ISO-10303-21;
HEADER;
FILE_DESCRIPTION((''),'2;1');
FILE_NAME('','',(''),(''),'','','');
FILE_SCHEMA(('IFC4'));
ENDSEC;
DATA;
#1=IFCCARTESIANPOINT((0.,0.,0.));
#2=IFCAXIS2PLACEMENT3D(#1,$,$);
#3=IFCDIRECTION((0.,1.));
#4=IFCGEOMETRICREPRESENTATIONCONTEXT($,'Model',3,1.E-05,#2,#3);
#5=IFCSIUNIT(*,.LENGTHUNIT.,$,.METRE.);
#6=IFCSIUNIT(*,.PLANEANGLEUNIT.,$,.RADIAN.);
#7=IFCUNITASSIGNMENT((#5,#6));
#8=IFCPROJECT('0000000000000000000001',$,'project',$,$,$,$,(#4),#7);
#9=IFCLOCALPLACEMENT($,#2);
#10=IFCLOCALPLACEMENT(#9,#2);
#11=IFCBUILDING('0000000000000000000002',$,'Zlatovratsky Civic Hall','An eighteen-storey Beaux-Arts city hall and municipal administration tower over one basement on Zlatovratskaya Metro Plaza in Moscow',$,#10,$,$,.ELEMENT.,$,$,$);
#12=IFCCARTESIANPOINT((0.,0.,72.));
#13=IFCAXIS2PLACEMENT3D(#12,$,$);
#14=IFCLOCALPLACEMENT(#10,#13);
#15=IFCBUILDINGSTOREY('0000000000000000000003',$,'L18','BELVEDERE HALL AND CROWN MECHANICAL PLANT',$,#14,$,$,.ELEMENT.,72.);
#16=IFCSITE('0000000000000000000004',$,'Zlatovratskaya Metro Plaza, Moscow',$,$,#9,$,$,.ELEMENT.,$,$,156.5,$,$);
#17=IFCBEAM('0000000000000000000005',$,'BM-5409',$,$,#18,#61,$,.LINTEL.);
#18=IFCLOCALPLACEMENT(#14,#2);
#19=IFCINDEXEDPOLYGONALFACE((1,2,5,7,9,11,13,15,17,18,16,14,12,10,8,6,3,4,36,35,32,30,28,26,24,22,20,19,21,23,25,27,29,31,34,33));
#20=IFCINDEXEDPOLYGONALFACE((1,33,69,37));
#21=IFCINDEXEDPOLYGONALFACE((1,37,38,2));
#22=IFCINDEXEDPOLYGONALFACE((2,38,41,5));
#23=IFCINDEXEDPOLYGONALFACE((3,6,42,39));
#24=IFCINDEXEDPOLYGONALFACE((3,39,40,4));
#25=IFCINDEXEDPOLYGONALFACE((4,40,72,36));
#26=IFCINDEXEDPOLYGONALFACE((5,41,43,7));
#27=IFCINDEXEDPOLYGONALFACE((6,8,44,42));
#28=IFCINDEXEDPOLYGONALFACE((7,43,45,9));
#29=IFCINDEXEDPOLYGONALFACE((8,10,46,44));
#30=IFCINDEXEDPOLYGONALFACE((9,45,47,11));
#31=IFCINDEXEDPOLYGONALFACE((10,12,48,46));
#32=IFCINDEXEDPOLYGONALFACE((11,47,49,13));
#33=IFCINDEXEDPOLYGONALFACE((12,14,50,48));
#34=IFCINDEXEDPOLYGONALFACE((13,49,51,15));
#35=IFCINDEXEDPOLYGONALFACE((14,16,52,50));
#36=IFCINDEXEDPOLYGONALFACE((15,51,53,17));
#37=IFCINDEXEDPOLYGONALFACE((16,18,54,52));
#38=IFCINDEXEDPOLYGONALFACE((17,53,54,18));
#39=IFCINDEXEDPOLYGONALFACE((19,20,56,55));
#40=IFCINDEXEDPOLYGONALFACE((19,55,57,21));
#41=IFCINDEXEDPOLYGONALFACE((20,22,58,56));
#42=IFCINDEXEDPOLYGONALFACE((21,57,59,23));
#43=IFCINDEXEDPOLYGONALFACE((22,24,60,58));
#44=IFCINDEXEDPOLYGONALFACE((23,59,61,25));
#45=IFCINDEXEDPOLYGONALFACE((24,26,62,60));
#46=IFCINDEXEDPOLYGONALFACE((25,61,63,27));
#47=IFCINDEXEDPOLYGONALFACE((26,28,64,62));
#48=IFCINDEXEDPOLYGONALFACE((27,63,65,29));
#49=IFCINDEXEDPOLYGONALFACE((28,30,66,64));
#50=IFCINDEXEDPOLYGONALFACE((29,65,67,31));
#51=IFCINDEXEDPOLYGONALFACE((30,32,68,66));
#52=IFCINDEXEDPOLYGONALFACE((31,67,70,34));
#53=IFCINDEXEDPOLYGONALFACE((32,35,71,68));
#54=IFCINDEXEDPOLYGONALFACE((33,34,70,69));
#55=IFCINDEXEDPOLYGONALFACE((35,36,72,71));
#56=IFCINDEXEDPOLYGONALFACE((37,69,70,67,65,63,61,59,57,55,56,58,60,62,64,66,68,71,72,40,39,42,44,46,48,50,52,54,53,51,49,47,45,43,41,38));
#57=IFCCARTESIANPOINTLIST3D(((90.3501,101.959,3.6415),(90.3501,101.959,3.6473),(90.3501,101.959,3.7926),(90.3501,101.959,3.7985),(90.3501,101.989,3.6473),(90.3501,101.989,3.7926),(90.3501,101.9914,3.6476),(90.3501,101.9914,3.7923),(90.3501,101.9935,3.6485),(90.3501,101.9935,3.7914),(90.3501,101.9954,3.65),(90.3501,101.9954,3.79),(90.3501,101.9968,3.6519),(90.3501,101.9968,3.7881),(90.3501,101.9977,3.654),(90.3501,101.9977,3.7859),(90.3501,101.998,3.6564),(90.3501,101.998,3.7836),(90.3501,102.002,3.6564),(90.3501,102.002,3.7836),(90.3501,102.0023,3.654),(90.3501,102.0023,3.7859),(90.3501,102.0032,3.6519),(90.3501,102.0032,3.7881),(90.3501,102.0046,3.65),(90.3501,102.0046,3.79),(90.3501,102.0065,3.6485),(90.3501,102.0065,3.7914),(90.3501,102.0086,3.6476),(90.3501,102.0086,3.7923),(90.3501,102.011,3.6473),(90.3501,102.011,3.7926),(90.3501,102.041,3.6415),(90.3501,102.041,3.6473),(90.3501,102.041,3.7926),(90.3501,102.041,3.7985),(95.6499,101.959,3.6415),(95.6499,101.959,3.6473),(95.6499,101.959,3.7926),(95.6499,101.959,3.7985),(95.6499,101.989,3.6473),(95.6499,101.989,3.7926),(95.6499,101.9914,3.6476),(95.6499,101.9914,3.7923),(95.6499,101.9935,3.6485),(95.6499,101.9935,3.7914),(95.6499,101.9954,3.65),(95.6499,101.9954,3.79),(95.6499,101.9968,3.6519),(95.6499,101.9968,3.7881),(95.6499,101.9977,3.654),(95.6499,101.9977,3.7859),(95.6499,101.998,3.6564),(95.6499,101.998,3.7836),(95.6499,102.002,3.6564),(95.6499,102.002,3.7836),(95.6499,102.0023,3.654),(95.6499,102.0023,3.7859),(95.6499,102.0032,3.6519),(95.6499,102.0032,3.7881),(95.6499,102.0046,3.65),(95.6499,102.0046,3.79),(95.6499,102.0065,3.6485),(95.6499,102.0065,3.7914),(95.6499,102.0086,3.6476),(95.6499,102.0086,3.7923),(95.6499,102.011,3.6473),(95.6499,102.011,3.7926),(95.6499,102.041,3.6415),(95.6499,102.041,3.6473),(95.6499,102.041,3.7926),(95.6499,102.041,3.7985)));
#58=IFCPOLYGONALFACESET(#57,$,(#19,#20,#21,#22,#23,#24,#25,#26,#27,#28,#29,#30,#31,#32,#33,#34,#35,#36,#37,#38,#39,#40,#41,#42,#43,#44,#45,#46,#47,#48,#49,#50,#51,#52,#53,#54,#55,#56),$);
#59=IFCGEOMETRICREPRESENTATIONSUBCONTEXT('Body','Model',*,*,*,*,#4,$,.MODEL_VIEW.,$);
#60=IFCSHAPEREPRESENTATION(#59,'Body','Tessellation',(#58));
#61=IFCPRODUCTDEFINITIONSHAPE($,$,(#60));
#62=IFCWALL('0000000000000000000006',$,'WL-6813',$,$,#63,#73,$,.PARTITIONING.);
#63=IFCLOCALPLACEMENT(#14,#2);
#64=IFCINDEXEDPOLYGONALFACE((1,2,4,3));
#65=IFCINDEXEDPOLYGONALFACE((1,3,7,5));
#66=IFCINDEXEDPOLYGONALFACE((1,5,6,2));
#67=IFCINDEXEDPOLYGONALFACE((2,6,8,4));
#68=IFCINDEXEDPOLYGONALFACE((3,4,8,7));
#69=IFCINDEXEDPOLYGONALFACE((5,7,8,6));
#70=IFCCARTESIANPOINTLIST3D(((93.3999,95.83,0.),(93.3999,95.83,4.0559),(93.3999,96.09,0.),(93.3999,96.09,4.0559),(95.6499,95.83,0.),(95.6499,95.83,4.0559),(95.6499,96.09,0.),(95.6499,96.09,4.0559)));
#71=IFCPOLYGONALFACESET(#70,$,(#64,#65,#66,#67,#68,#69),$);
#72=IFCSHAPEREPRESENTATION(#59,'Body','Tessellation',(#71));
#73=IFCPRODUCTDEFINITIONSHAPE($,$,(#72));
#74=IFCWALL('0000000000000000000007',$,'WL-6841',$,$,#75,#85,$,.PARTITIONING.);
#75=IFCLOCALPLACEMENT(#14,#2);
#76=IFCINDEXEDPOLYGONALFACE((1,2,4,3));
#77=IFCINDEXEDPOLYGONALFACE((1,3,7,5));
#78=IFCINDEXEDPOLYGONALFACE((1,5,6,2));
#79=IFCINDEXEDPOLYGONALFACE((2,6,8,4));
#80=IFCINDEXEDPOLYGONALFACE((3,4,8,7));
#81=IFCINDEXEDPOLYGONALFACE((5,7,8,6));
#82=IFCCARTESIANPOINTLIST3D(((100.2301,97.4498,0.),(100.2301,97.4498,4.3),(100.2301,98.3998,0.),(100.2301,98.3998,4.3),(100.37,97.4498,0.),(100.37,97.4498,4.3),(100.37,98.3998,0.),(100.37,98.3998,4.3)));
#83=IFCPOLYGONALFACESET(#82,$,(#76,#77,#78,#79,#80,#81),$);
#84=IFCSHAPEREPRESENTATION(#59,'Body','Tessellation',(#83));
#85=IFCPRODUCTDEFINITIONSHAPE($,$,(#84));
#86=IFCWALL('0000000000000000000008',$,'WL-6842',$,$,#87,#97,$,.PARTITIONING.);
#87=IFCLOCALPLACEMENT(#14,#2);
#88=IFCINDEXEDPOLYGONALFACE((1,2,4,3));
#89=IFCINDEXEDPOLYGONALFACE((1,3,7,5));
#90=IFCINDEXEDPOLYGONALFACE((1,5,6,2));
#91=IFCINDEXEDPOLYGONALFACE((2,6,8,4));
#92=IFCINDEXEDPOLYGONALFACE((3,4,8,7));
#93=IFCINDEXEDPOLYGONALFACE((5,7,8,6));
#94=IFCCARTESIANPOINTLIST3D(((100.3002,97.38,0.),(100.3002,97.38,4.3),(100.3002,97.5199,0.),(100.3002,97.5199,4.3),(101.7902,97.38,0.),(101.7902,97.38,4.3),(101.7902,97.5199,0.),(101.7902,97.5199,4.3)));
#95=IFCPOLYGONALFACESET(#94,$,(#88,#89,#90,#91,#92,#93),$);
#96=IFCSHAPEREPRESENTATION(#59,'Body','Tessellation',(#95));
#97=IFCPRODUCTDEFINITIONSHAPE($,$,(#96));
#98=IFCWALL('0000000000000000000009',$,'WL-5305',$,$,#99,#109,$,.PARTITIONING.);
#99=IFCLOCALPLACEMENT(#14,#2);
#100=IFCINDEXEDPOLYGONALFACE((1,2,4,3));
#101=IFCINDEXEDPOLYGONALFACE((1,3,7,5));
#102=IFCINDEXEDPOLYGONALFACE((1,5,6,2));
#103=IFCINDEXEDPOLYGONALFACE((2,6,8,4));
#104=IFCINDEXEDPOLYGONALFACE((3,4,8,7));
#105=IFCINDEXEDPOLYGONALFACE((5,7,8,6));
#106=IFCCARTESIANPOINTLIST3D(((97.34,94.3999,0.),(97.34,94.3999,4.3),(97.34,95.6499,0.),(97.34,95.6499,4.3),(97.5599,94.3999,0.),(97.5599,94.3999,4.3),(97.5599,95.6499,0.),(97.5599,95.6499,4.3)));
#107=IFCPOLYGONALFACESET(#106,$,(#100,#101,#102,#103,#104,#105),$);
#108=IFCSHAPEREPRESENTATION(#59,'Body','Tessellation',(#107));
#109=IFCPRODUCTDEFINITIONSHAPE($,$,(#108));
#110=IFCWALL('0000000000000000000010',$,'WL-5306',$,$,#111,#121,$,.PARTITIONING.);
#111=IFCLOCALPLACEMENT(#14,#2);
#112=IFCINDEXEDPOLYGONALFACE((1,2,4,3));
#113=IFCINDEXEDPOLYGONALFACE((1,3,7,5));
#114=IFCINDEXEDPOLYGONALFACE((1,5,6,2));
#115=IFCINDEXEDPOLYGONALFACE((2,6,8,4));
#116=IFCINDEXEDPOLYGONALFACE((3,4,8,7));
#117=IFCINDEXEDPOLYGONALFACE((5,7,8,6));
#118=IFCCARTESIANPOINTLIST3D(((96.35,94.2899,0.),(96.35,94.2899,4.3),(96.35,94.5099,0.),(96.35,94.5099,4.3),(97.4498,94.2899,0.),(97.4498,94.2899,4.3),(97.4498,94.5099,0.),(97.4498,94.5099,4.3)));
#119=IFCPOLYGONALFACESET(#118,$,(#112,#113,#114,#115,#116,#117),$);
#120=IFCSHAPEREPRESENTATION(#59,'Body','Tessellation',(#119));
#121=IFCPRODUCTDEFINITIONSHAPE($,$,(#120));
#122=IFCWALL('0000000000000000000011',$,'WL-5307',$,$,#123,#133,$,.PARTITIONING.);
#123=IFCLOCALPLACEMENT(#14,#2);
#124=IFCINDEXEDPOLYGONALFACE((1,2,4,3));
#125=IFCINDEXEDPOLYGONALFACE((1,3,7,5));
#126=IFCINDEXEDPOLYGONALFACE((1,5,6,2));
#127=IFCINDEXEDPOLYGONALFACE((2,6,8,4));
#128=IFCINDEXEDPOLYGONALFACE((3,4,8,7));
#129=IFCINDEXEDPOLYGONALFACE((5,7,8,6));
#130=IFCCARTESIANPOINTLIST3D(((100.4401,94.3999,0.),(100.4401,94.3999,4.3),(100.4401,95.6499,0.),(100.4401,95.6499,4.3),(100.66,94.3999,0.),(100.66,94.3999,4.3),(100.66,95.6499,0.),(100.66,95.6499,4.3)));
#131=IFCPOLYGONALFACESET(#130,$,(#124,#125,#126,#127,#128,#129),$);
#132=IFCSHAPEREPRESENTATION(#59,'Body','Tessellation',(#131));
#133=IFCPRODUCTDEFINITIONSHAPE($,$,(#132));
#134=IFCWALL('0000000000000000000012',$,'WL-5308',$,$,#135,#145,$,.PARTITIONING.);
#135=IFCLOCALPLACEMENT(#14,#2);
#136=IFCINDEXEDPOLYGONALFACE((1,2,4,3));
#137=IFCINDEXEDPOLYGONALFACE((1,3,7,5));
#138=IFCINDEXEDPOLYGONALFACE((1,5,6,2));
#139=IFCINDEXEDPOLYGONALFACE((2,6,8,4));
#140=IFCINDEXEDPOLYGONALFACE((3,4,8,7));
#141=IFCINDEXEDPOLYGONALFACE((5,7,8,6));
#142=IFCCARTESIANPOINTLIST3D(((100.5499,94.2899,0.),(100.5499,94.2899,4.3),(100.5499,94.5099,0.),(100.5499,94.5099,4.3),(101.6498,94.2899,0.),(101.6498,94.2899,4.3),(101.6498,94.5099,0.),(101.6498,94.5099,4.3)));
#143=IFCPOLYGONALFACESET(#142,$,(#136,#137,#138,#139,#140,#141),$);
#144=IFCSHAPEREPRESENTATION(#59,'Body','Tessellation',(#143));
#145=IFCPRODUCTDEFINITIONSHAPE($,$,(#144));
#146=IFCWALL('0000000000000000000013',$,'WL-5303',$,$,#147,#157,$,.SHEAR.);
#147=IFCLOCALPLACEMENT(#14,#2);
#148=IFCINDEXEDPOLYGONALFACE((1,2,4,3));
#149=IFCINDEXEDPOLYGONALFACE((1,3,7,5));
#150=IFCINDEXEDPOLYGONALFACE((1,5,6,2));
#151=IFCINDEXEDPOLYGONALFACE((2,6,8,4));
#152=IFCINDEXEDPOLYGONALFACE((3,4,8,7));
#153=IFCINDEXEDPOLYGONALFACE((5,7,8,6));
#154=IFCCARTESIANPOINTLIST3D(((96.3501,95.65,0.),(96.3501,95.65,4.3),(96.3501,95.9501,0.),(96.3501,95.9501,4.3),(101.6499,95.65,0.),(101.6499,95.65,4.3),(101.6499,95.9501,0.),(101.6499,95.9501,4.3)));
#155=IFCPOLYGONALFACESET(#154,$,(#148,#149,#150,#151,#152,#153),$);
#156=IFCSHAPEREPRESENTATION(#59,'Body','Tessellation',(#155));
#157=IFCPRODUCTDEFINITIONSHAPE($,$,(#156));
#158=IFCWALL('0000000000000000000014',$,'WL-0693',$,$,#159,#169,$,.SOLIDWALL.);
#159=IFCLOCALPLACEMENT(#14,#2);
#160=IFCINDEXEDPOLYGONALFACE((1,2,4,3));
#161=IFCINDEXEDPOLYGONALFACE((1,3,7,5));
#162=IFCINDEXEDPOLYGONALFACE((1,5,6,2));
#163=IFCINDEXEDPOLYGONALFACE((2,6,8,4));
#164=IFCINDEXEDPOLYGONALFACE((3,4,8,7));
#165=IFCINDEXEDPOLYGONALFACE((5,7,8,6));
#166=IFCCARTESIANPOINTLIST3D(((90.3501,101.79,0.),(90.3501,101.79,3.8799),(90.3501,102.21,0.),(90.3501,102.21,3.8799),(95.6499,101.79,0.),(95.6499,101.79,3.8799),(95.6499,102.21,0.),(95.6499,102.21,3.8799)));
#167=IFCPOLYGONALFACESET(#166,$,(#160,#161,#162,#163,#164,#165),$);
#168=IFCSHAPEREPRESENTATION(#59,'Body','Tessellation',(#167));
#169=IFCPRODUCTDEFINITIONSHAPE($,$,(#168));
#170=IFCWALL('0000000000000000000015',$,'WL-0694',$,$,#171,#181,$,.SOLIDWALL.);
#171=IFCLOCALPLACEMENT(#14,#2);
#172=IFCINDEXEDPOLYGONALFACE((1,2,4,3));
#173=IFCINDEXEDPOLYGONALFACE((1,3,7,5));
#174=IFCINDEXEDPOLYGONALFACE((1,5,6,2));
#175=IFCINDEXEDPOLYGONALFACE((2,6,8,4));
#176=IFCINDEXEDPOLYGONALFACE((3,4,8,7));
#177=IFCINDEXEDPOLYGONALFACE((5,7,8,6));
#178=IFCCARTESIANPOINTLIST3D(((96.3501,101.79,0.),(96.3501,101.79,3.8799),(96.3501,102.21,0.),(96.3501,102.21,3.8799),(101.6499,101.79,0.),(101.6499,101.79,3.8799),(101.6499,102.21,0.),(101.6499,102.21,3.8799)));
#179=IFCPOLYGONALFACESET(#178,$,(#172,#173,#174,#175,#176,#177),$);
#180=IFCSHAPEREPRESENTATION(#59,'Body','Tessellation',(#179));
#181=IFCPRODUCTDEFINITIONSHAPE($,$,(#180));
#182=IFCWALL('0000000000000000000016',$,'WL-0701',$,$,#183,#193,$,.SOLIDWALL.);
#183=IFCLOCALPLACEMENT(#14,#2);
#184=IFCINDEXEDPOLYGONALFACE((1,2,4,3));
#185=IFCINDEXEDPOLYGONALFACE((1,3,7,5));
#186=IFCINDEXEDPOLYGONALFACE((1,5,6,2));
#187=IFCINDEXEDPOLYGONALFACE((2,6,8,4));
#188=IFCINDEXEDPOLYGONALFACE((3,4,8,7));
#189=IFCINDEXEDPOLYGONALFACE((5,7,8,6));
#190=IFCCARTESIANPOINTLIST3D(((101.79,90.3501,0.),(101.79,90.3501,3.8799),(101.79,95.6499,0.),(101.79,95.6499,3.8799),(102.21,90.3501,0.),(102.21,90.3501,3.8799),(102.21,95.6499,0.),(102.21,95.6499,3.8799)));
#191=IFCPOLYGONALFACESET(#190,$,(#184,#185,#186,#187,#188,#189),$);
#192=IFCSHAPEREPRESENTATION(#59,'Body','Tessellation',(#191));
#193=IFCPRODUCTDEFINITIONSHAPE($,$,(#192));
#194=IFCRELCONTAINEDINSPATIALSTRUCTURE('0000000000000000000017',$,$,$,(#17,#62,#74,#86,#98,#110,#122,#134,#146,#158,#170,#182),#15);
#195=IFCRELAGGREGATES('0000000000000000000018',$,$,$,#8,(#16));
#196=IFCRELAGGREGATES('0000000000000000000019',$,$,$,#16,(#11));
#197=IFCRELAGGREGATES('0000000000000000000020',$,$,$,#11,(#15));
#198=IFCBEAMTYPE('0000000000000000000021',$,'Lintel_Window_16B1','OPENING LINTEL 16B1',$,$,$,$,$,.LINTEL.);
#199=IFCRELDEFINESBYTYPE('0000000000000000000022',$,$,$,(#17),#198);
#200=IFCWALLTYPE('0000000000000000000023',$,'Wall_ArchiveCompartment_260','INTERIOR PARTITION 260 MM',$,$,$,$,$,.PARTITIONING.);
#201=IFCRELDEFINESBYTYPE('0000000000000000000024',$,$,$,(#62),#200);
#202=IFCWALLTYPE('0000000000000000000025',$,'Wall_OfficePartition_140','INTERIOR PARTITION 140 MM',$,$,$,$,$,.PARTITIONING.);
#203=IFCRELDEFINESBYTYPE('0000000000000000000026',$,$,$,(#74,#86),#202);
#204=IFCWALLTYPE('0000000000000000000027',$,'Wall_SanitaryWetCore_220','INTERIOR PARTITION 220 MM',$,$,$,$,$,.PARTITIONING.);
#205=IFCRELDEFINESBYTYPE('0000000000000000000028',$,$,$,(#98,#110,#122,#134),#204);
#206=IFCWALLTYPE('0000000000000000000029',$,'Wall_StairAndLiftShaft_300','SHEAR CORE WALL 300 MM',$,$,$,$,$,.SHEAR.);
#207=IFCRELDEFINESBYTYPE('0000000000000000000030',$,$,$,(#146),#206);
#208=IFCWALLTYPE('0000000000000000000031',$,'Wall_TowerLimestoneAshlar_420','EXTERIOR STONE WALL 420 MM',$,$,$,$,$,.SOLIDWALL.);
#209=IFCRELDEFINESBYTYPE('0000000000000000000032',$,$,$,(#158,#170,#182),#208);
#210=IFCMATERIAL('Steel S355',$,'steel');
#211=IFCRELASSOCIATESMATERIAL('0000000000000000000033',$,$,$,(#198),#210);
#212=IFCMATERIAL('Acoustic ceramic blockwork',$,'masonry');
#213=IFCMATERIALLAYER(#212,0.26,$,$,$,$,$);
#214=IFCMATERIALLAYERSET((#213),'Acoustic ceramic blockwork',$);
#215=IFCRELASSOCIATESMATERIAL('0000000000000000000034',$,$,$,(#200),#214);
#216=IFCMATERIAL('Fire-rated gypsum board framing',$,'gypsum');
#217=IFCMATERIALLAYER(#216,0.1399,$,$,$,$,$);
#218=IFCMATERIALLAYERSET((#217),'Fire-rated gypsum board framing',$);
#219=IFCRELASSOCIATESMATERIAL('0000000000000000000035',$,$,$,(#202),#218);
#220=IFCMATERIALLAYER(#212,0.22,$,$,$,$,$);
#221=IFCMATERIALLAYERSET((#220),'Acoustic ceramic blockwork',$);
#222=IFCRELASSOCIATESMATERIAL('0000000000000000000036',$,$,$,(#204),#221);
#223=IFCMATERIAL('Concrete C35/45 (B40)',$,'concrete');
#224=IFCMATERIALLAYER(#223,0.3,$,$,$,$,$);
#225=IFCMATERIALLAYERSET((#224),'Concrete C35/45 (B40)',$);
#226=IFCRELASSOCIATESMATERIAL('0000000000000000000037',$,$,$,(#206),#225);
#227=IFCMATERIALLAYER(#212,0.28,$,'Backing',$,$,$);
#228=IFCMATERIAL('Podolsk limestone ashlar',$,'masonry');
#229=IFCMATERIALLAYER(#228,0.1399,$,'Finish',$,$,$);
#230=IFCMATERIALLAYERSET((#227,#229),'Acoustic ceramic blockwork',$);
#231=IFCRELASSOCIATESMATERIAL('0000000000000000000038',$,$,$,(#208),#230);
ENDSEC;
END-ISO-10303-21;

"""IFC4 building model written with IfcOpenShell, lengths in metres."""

from ifc_helpers import new_model, si_unit, direction, frame, frame_2d, origin, origin_2d, place, context, subcontext, project, spatial, rectangle, i_section, extrude, material, layer, layer_set, material_profile, profile_set, type_object, element, save


model = new_model("IFC4")

# Units and contexts
model_context = context("Model", 3, precision=1e-05, world=origin(), true_north=direction((0.0, 1.0)))
body_context = subcontext(model_context, "Body", "Model", "MODEL_VIEW")
ifc_project = project(units=[si_unit("LENGTHUNIT", "METRE"), si_unit("PLANEANGLEUNIT", "RADIAN")], contexts=[model_context])

# Site, building, storey
site_placement = place(None, origin())
site = spatial("IfcSite", under=ifc_project, at=site_placement, Name="Zlatovratskaya Metro Plaza, Moscow", CompositionType="ELEMENT", RefElevation=156.5)
building_placement = place(site_placement, origin())
building = spatial("IfcBuilding", under=site, at=building_placement, Name="Zlatovratsky Civic Hall", Description="An eighteen-storey Beaux-Arts city hall and municipal administration tower over one basement on Zlatovratskaya Metro Plaza in Moscow", CompositionType="ELEMENT")
storey_placement = place(building_placement, frame((0.0, 0.0, 72.0)))
storey = spatial("IfcBuildingStorey", under=building, at=storey_placement, Name="L18", Description="BELVEDERE HALL AND CROWN MECHANICAL PLANT", CompositionType="ELEMENT", Elevation=72.0)

# Shared definitions
ifc_material_1 = material(Name="Concrete C35/45 (B40)", Category="concrete")

# Shared definitions
ifc_material_2 = material(Name="Steel S355", Category="steel")

# Beam
ifc_material_profile_1 = material_profile(ifc_material_2, i_section(OverallWidth=0.082, OverallDepth=0.157, WebThickness=0.0039, FlangeThickness=0.0059, FilletRadius=0.009, at=origin_2d()), Name="16B1")
ifc_profile_set_1 = profile_set([ifc_material_profile_1], Name="Steel S355")
beam_type_1 = type_object("IfcBeamType", Name="Lintel_Window_16B1", Description="OPENING LINTEL 16B1", PredefinedType="LINTEL", material=ifc_profile_set_1)
beam_placement = place(storey_placement, frame((90.3501, 102.0, 3.72), z_axis=(1.0, 0.0, 0.0), x_axis=(0.0, 1.0, 0.0)))
element("IfcBeam", 1, at=beam_placement, inside=storey, type_object=beam_type_1, Name="BM-5409", PredefinedType="LINTEL", context=body_context, shape_type="SweptSolid", body=[
    extrude(i_section(OverallWidth=0.082, OverallDepth=0.157, WebThickness=0.0039, FlangeThickness=0.0059, FilletRadius=0.009, at=origin_2d()), origin(), (0.0, 0.0, 1.0), 5.2998),
])

# Walls
ifc_material_3 = material(Name="Acoustic ceramic blockwork", Category="masonry")
ifc_layer_1 = layer(ifc_material_3, 0.26)
ifc_layer_set_1 = layer_set([ifc_layer_1], Name="Acoustic ceramic blockwork")
wall_type_1 = type_object("IfcWallType", Name="Wall_ArchiveCompartment_260", Description="INTERIOR PARTITION 260 MM", PredefinedType="PARTITIONING", material=ifc_layer_set_1)
wall_1_placement = place(storey_placement, frame((93.3999, 95.96, 0.0), z_axis=(0.0, 0.0, 1.0), x_axis=(1.0, 0.0, 0.0)))
element("IfcWall", 2, at=wall_1_placement, inside=storey, type_object=wall_type_1, Name="WL-6813", PredefinedType="PARTITIONING", context=body_context, shape_type="SweptSolid", body=[
    extrude(rectangle(XDim=2.25, YDim=0.26, at=frame_2d((1.125, 0.0))), origin(), (0.0, 0.0, 1.0), 4.0559),
])
ifc_material_4 = material(Name="Fire-rated gypsum board framing", Category="gypsum")
ifc_layer_2 = layer(ifc_material_4, 0.1399)
ifc_layer_set_2 = layer_set([ifc_layer_2], Name="Fire-rated gypsum board framing")
wall_type_2 = type_object("IfcWallType", Name="Wall_OfficePartition_140", Description="INTERIOR PARTITION 140 MM", PredefinedType="PARTITIONING", material=ifc_layer_set_2)
wall_2_placement = place(storey_placement, frame((100.3, 98.3999, 0.0), z_axis=(0.0, 0.0, 1.0), x_axis=(0.0, -1.0, 0.0)))
element("IfcWall", 3, at=wall_2_placement, inside=storey, type_object=wall_type_2, Name="WL-6841", PredefinedType="PARTITIONING", context=body_context, shape_type="SweptSolid", body=[
    extrude(rectangle(XDim=0.95, YDim=0.1399, at=frame_2d((0.4751, 0.0))), origin(), (0.0, 0.0, 1.0), 4.3),
])
wall_3_placement = place(storey_placement, frame((100.3, 97.45, 0.0), z_axis=(0.0, 0.0, 1.0), x_axis=(1.0, 0.0, 0.0)))
element("IfcWall", 4, at=wall_3_placement, inside=storey, type_object=wall_type_2, Name="WL-6842", PredefinedType="PARTITIONING", context=body_context, shape_type="SweptSolid", body=[
    extrude(rectangle(XDim=1.49, YDim=0.1399, at=frame_2d((0.7451, 0.0))), origin(), (0.0, 0.0, 1.0), 4.3),
])
ifc_layer_3 = layer(ifc_material_3, 0.22)
ifc_layer_set_3 = layer_set([ifc_layer_3], Name="Acoustic ceramic blockwork")
wall_type_3 = type_object("IfcWallType", Name="Wall_SanitaryWetCore_220", Description="INTERIOR PARTITION 220 MM", PredefinedType="PARTITIONING", material=ifc_layer_set_3)
wall_4_placement = place(storey_placement, frame((97.45, 94.3999, 0.0), z_axis=(0.0, 0.0, 1.0), x_axis=(0.0, 1.0, 0.0)))
element("IfcWall", 5, at=wall_4_placement, inside=storey, type_object=wall_type_3, Name="WL-5305", PredefinedType="PARTITIONING", context=body_context, shape_type="SweptSolid", body=[
    extrude(rectangle(XDim=1.25, YDim=0.22, at=frame_2d((0.625, 0.0))), origin(), (0.0, 0.0, 1.0), 4.3),
])
wall_5_placement = place(storey_placement, frame((96.3501, 94.3999, 0.0), z_axis=(0.0, 0.0, 1.0), x_axis=(1.0, 0.0, 0.0)))
element("IfcWall", 6, at=wall_5_placement, inside=storey, type_object=wall_type_3, Name="WL-5306", PredefinedType="PARTITIONING", context=body_context, shape_type="SweptSolid", body=[
    extrude(rectangle(XDim=1.0999, YDim=0.22, at=frame_2d((0.5498, 0.0))), origin(), (0.0, 0.0, 1.0), 4.3),
])
wall_6_placement = place(storey_placement, frame((100.55, 94.3999, 0.0), z_axis=(0.0, 0.0, 1.0), x_axis=(0.0, 1.0, 0.0)))
element("IfcWall", 7, at=wall_6_placement, inside=storey, type_object=wall_type_3, Name="WL-5307", PredefinedType="PARTITIONING", context=body_context, shape_type="SweptSolid", body=[
    extrude(rectangle(XDim=1.25, YDim=0.22, at=frame_2d((0.625, 0.0))), origin(), (0.0, 0.0, 1.0), 4.3),
])
wall_7_placement = place(storey_placement, frame((100.55, 94.3999, 0.0), z_axis=(0.0, 0.0, 1.0), x_axis=(1.0, 0.0, 0.0)))
element("IfcWall", 8, at=wall_7_placement, inside=storey, type_object=wall_type_3, Name="WL-5308", PredefinedType="PARTITIONING", context=body_context, shape_type="SweptSolid", body=[
    extrude(rectangle(XDim=1.0999, YDim=0.22, at=frame_2d((0.5498, 0.0))), origin(), (0.0, 0.0, 1.0), 4.3),
])

# Walls
ifc_layer_4 = layer(ifc_material_1, 0.3)
ifc_layer_set_4 = layer_set([ifc_layer_4], Name="Concrete C35/45 (B40)")
wall_type_4 = type_object("IfcWallType", Name="Wall_StairAndLiftShaft_300", Description="SHEAR CORE WALL 300 MM", PredefinedType="SHEAR", material=ifc_layer_set_4)
wall_8_placement = place(storey_placement, frame((96.3501, 95.8, 0.0), z_axis=(0.0, 0.0, 1.0), x_axis=(1.0, 0.0, 0.0)))
element("IfcWall", 9, at=wall_8_placement, inside=storey, type_object=wall_type_4, Name="WL-5303", PredefinedType="SHEAR", context=body_context, shape_type="SweptSolid", body=[
    extrude(rectangle(XDim=5.2998, YDim=0.3, at=frame_2d((2.6499, 0.0))), origin(), (0.0, 0.0, 1.0), 4.3),
])
ifc_layer_5 = layer(ifc_material_3, 0.28, Name="Backing")
ifc_material_5 = material(Name="Podolsk limestone ashlar", Category="masonry")
ifc_layer_6 = layer(ifc_material_5, 0.1399, Name="Finish")
ifc_layer_set_5 = layer_set([ifc_layer_5, ifc_layer_6], Name="Acoustic ceramic blockwork")
wall_type_5 = type_object("IfcWallType", Name="Wall_TowerLimestoneAshlar_420", Description="EXTERIOR STONE WALL 420 MM", PredefinedType="SOLIDWALL", material=ifc_layer_set_5)
for number, where, z_axis, x_axis, name in (
    (10, (90.3501, 102.0, 0.0), (0.0, 0.0, 1.0), (1.0, 0.0, 0.0), "WL-0693"),
    (11, (96.3501, 102.0, 0.0), (0.0, 0.0, 1.0), (1.0, 0.0, 0.0), "WL-0694"),
    (12, (102.0, 90.3501, 0.0), (0.0, 0.0, 1.0), (0.0, 1.0, 0.0), "WL-0701"),
):
    element("IfcWall", number, at=place(storey_placement, frame(where, z_axis=z_axis, x_axis=x_axis)), inside=storey, type_object=wall_type_5, Name=name, PredefinedType="SOLIDWALL", context=body_context, shape_type="SweptSolid", body=[
        extrude(rectangle(XDim=5.2998, YDim=0.4199, at=frame_2d((2.6499, 0.0))), origin(), (0.0, 0.0, 1.0), 3.8799),
    ])

save(model, "model.ifc")
